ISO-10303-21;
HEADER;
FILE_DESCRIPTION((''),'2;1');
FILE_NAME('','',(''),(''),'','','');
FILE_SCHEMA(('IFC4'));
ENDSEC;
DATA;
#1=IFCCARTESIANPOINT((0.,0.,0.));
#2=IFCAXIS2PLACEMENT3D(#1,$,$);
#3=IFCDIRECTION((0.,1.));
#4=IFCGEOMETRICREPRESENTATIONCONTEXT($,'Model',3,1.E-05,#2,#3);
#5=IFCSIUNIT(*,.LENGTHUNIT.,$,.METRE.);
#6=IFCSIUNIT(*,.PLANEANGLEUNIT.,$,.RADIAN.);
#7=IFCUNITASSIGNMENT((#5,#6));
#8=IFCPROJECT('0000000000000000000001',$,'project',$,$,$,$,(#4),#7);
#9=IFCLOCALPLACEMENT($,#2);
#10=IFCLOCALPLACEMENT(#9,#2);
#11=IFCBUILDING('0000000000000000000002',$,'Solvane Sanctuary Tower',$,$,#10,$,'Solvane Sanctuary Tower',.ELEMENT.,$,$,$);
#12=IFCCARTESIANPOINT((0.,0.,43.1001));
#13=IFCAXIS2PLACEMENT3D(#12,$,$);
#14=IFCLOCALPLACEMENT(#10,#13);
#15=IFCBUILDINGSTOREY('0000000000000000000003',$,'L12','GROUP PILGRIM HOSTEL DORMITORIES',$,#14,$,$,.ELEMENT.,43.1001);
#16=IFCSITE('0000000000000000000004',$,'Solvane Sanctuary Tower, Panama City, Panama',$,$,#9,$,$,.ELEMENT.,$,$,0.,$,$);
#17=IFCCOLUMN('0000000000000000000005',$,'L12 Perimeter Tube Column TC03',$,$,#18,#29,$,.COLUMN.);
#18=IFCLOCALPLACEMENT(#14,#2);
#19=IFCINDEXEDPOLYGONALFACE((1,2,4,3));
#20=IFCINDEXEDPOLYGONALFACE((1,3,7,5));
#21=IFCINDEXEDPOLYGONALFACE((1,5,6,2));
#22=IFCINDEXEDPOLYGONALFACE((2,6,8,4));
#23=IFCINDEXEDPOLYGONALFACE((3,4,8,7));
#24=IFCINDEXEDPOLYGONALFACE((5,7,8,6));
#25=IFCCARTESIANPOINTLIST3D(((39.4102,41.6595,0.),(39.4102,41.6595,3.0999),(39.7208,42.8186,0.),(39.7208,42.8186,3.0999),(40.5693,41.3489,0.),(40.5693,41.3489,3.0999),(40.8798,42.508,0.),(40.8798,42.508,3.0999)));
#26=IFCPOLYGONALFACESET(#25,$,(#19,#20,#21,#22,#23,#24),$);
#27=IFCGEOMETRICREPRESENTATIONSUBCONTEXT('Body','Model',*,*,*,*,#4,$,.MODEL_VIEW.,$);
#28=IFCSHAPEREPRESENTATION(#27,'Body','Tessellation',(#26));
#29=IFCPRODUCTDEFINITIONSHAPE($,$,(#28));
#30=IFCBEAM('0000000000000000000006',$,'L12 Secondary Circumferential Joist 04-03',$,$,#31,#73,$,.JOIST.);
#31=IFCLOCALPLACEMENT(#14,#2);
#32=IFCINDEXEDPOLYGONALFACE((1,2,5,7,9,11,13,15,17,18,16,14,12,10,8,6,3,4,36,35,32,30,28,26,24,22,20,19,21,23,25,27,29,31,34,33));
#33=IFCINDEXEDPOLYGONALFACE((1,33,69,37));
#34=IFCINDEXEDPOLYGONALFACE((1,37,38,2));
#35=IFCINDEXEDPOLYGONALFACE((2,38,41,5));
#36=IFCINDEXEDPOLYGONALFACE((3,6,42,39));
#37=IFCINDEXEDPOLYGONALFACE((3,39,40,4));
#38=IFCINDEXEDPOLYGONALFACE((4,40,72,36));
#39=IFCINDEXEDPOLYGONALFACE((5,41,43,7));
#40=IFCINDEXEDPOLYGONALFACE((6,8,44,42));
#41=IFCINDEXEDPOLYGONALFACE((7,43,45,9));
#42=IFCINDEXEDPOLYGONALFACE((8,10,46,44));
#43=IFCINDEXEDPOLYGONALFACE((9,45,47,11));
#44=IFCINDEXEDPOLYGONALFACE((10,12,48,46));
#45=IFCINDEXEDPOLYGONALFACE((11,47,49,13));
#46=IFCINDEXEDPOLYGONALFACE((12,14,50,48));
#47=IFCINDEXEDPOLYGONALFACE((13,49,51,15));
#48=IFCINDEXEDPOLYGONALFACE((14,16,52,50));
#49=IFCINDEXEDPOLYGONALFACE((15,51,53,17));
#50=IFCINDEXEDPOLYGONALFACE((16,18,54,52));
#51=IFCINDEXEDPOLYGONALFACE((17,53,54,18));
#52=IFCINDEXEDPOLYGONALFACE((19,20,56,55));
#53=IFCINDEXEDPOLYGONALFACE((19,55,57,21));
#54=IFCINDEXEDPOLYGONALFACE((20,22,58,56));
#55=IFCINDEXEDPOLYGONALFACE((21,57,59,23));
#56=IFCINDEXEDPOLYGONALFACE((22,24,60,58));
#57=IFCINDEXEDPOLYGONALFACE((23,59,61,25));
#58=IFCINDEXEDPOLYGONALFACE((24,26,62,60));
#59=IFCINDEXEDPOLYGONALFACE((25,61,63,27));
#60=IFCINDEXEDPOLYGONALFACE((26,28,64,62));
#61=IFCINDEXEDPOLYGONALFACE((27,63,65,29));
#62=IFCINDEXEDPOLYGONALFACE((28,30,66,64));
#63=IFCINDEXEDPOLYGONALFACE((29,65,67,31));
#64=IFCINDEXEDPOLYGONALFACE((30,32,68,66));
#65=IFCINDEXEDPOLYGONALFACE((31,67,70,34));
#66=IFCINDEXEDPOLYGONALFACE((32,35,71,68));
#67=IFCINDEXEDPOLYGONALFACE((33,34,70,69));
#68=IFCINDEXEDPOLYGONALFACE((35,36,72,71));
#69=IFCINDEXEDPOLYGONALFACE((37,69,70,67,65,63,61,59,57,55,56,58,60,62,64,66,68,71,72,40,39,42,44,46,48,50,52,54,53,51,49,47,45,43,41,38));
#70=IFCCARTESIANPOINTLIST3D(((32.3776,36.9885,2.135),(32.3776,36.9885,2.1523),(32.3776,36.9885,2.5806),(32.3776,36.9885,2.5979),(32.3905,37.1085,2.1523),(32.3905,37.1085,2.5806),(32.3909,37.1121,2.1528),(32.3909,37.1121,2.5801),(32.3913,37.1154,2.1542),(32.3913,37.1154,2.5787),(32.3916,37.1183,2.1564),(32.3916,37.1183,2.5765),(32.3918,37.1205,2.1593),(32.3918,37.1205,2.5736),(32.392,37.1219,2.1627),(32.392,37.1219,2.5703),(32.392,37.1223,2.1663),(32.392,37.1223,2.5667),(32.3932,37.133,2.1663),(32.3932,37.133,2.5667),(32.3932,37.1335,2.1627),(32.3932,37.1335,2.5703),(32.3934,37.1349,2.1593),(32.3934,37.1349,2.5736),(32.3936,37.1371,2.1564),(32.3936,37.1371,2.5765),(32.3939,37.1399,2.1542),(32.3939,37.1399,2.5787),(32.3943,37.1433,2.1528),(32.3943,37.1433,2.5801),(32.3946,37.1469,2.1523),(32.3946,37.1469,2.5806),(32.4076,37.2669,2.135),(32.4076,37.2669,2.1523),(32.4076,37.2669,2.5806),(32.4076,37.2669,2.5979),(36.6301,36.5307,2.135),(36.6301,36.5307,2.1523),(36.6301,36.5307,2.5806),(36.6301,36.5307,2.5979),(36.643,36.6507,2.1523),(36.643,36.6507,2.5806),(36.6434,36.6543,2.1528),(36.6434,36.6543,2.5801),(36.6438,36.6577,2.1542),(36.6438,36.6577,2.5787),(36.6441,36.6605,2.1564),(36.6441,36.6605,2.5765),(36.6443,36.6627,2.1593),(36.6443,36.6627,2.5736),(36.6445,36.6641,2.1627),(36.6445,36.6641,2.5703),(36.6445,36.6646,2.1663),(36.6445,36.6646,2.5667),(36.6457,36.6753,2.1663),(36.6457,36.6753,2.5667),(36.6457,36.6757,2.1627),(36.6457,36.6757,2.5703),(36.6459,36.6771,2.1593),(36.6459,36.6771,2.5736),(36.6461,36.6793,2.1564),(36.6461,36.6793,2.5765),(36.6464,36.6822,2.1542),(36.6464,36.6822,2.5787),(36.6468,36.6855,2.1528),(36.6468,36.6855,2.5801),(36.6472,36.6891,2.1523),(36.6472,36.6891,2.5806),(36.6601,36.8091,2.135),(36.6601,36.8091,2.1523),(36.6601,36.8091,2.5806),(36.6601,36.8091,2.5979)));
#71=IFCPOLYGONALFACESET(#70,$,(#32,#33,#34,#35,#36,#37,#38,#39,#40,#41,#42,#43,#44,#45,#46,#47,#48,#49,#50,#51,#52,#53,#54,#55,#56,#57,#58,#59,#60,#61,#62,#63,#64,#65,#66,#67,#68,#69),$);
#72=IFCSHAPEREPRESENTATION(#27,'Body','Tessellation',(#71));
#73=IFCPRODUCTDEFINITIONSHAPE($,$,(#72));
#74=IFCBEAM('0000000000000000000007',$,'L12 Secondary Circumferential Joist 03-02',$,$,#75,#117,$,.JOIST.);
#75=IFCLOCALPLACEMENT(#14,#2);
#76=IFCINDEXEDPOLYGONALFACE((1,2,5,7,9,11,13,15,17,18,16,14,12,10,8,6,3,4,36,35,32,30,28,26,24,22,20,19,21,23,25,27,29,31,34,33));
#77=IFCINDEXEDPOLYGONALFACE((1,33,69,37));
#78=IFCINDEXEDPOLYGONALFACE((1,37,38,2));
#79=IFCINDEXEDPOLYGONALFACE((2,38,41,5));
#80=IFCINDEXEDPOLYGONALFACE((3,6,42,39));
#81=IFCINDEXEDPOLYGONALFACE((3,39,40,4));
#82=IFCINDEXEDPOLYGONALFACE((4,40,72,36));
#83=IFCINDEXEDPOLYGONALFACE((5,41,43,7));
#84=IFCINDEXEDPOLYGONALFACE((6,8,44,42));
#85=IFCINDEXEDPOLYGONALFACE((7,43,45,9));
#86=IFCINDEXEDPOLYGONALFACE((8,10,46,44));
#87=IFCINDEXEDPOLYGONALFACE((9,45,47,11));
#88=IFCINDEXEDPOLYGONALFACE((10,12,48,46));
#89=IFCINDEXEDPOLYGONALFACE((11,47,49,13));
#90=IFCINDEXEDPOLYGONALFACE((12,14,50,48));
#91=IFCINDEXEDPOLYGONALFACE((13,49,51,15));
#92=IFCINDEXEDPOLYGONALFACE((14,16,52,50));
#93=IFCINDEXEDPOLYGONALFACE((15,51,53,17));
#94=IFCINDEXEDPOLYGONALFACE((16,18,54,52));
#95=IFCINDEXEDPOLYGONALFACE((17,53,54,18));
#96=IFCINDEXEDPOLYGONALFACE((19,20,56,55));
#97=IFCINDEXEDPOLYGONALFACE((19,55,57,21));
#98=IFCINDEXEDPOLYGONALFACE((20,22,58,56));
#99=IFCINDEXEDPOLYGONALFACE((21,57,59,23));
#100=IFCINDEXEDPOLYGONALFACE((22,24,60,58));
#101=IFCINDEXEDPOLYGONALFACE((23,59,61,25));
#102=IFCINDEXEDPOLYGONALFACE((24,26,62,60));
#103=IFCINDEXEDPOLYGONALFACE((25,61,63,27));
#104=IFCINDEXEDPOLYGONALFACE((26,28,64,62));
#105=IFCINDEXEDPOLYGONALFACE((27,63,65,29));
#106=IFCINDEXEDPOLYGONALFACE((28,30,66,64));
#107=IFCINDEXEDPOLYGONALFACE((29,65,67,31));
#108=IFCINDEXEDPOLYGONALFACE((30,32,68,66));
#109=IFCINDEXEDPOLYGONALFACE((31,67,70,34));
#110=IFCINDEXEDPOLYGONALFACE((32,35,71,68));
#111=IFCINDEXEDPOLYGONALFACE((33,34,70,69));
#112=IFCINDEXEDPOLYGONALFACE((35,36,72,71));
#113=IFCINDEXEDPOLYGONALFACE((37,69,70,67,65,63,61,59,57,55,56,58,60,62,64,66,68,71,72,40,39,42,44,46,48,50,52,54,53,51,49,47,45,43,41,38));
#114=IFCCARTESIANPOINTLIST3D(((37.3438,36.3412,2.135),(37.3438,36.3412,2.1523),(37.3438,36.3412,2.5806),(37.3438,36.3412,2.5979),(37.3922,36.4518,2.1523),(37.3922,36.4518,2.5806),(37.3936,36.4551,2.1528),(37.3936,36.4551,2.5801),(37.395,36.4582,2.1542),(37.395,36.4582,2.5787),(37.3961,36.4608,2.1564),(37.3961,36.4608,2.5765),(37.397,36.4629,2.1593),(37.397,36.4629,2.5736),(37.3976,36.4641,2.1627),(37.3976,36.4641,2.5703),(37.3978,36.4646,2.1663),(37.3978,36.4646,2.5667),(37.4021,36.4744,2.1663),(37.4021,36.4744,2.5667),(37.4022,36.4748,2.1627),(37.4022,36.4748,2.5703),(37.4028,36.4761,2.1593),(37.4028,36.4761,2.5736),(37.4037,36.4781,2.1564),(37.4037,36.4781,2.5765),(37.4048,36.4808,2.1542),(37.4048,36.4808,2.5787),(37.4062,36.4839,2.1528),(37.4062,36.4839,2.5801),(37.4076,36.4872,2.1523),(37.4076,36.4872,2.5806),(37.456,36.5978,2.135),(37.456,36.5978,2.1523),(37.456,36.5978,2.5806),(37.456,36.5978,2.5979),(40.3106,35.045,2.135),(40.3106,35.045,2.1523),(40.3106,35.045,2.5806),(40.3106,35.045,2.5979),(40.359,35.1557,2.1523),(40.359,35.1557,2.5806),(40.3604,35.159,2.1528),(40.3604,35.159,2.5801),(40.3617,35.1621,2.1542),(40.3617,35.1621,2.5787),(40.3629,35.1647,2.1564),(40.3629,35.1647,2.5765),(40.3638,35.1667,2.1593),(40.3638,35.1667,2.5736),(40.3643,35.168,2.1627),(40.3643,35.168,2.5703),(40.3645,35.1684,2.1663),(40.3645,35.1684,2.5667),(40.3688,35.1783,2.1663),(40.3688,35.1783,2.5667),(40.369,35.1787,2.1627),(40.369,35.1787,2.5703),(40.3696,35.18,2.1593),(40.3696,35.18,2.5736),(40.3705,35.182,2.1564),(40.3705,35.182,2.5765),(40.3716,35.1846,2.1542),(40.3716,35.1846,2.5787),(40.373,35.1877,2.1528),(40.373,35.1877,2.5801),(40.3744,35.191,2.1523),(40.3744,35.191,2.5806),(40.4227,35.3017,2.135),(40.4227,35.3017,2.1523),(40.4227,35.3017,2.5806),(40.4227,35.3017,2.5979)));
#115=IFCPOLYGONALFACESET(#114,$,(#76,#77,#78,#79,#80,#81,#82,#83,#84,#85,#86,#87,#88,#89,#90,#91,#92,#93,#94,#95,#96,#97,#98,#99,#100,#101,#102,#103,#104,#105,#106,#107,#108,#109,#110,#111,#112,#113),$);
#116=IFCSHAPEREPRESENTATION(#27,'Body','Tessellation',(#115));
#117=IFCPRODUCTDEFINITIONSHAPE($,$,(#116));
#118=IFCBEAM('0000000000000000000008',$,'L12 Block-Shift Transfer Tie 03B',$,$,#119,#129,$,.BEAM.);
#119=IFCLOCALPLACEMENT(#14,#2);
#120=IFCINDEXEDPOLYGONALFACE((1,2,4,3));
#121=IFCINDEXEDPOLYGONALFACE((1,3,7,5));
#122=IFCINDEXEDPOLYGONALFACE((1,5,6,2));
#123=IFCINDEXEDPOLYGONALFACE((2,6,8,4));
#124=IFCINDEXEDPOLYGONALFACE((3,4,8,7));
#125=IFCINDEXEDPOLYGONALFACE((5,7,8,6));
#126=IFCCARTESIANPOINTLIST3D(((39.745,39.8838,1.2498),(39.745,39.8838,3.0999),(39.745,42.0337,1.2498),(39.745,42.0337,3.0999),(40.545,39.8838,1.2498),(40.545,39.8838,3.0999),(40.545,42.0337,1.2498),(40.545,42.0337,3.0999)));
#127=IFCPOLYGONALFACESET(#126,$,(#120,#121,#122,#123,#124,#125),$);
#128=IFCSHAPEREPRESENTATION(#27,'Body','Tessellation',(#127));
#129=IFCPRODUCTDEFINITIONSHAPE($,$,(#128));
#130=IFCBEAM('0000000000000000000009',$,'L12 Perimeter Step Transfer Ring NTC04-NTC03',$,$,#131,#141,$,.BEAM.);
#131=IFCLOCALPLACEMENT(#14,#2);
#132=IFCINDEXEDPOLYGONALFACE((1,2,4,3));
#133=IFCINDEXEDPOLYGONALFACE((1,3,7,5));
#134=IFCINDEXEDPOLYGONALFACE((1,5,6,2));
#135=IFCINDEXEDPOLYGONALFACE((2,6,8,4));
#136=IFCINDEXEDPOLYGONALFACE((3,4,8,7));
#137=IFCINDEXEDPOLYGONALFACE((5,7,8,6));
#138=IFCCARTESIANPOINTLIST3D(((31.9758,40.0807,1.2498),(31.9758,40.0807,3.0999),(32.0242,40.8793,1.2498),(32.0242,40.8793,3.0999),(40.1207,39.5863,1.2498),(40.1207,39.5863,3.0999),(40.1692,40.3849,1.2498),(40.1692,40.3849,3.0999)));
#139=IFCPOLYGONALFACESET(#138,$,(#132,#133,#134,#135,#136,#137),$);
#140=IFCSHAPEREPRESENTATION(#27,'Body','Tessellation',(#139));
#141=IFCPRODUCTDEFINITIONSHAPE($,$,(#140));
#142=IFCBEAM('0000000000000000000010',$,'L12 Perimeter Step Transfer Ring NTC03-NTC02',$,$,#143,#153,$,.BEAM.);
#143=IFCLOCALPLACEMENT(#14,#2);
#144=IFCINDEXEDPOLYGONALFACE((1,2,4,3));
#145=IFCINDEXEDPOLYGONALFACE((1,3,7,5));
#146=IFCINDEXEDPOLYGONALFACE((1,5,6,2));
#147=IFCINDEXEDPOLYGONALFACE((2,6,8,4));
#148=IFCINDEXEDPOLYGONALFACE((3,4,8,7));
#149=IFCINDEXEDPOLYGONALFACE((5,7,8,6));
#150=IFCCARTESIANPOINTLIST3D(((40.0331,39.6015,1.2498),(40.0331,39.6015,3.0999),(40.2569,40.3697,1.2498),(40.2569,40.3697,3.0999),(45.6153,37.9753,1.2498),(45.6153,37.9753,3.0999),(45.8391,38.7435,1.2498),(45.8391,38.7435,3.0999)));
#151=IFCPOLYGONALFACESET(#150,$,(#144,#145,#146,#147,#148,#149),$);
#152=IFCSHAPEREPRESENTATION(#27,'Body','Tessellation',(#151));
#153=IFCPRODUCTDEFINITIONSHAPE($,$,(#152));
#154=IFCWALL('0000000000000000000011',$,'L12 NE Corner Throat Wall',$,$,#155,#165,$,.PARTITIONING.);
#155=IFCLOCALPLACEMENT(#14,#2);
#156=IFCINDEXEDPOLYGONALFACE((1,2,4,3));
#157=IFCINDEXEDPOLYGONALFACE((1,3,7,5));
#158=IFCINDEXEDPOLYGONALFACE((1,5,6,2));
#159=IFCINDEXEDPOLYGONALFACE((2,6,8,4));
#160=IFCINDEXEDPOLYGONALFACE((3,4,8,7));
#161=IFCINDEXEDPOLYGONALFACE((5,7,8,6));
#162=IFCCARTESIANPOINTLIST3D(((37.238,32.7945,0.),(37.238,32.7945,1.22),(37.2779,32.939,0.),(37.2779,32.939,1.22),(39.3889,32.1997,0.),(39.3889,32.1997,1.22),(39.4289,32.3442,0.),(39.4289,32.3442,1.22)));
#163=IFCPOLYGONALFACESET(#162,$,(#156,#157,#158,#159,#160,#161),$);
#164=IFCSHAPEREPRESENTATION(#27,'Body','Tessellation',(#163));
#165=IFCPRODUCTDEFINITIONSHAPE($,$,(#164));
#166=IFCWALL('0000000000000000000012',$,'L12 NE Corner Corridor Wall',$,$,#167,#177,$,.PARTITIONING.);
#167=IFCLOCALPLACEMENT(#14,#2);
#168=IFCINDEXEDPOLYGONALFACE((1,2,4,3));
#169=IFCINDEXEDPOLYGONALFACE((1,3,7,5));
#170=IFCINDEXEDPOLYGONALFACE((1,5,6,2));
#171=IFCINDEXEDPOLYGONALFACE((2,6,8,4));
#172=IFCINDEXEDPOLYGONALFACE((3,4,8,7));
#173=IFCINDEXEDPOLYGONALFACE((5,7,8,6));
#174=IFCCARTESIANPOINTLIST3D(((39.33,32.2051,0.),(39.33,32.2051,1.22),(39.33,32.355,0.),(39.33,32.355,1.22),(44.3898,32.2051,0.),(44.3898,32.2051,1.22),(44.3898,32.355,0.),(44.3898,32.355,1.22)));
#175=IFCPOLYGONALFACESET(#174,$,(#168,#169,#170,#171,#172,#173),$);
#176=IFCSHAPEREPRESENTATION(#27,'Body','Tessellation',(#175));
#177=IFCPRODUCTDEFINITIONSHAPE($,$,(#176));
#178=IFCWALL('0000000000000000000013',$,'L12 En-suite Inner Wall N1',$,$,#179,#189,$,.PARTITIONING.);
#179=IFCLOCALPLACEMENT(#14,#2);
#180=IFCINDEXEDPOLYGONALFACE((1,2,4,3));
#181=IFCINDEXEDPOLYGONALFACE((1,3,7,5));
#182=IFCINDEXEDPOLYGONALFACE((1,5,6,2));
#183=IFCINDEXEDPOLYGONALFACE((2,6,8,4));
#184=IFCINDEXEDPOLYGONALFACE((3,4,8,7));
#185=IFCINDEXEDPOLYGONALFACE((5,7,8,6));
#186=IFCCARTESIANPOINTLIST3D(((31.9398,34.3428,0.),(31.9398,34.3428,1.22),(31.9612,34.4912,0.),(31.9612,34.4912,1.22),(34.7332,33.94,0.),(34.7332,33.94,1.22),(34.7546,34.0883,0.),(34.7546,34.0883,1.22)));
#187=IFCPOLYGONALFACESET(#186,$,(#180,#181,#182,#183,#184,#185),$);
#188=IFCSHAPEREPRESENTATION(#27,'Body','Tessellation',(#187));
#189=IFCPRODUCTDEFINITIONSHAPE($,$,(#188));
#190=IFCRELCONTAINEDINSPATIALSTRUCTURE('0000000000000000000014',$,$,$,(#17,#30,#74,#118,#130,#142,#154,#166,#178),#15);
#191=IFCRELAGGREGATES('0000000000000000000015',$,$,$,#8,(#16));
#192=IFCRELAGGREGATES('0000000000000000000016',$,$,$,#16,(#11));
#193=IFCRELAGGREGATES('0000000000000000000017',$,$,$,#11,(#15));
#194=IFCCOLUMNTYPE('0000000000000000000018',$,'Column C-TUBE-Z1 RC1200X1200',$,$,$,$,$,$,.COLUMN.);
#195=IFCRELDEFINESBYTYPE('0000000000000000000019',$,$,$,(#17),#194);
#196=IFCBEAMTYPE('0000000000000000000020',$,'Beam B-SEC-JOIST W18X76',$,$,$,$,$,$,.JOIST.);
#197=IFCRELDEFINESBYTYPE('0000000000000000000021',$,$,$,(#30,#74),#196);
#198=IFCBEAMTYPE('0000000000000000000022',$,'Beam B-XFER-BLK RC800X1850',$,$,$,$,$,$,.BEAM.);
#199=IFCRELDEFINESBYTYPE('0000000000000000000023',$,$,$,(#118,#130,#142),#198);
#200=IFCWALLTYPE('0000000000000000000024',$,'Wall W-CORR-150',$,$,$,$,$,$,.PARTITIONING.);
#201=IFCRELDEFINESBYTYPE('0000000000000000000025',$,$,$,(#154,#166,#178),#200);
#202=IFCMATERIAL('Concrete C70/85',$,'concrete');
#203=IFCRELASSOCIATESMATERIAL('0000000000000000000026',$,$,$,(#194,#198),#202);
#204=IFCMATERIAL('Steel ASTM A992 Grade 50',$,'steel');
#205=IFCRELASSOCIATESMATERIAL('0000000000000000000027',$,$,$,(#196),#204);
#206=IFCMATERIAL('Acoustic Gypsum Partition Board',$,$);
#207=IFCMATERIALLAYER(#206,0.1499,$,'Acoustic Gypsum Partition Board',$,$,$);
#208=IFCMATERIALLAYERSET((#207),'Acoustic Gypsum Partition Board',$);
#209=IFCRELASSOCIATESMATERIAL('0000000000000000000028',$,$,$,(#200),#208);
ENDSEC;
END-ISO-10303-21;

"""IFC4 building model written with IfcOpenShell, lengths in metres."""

from ifc_helpers import new_model, si_unit, direction, frame, frame_2d, origin, origin_2d, place, context, subcontext, project, spatial, rectangle, i_section, extrude, material, layer, layer_set, material_profile, profile_set, type_object, element, save


model = new_model("IFC4")

# Units and contexts
model_context = context("Model", 3, precision=1e-05, world=origin(), true_north=direction((0.0, 1.0)))
body_context = subcontext(model_context, "Body", "Model", "MODEL_VIEW")
ifc_project = project(units=[si_unit("LENGTHUNIT", "METRE"), si_unit("PLANEANGLEUNIT", "RADIAN")], contexts=[model_context])

# Site, building, storey
site_placement = place(None, origin())
site = spatial("IfcSite", under=ifc_project, at=site_placement, Name="Solvane Sanctuary Tower, Panama City, Panama", CompositionType="ELEMENT", RefElevation=0.0)
building_placement = place(site_placement, origin())
building = spatial("IfcBuilding", under=site, at=building_placement, Name="Solvane Sanctuary Tower", LongName="Solvane Sanctuary Tower", CompositionType="ELEMENT")
storey_placement = place(building_placement, frame((0.0, 0.0, 43.1001)))
storey = spatial("IfcBuildingStorey", under=building, at=storey_placement, Name="L12", Description="GROUP PILGRIM HOSTEL DORMITORIES", CompositionType="ELEMENT", Elevation=43.1001)

# Column
ifc_material_1 = material(Name="Concrete C70/85", Category="concrete")
ifc_material_profile_1 = material_profile(ifc_material_1, rectangle(XDim=1.2, YDim=1.2, at=origin_2d()), Name="RC1200X1200")
ifc_profile_set_1 = profile_set([ifc_material_profile_1], Name="Concrete C70/85")
column_type = type_object("IfcColumnType", Name="Column C-TUBE-Z1 RC1200X1200", PredefinedType="COLUMN", material=ifc_profile_set_1)
column_placement = place(storey_placement, frame((40.145, 42.0837, 0.0), z_axis=(0.0, 0.0, 1.0), x_axis=(0.258819, 0.965926, 0.0)))
element("IfcColumn", 1, at=column_placement, inside=storey, type_object=column_type, Name="L12 Perimeter Tube Column TC03", PredefinedType="COLUMN", context=body_context, shape_type="SweptSolid", body=[
    extrude(rectangle(XDim=1.2, YDim=1.2, at=origin_2d()), origin(), (0.0, 0.0, 1.0), 3.0999),
])

# Beams
ifc_material_2 = material(Name="Steel ASTM A992 Grade 50", Category="steel")
ifc_material_profile_2 = material_profile(ifc_material_2, i_section(OverallWidth=0.28, OverallDepth=0.4629, WebThickness=0.0107, FlangeThickness=0.0173, FilletRadius=0.0139, at=origin_2d()), Name="W18X76")
ifc_profile_set_2 = profile_set([ifc_material_profile_2], Name="Steel ASTM A992 Grade 50")
beam_type_1 = type_object("IfcBeamType", Name="Beam B-SEC-JOIST W18X76", PredefinedType="JOIST", material=ifc_profile_set_2)
beam_1_placement = place(storey_placement, frame((32.3926, 37.1277, 2.3665), z_axis=(0.994256, -0.107029, 0.0), x_axis=(0.107029, 0.994256, 0.0)))
element("IfcBeam", 2, at=beam_1_placement, inside=storey, type_object=beam_type_1, Name="L12 Secondary Circumferential Joist 04-03", PredefinedType="JOIST", context=body_context, shape_type="SweptSolid", body=[
    extrude(i_section(OverallWidth=0.28, OverallDepth=0.4629, WebThickness=0.0107, FlangeThickness=0.0173, FilletRadius=0.0139, at=origin_2d()), origin(), (0.0, 0.0, 1.0), 4.2771),
])
beam_2_placement = place(storey_placement, frame((37.3999, 36.4695, 2.3665), z_axis=(0.916365, -0.400344, 0.0), x_axis=(0.400344, 0.916365, 0.0)))
element("IfcBeam", 3, at=beam_2_placement, inside=storey, type_object=beam_type_1, Name="L12 Secondary Circumferential Joist 03-02", PredefinedType="JOIST", context=body_context, shape_type="SweptSolid", body=[
    extrude(i_section(OverallWidth=0.28, OverallDepth=0.4629, WebThickness=0.0107, FlangeThickness=0.0173, FilletRadius=0.0139, at=origin_2d()), origin(), (0.0, 0.0, 1.0), 3.2375),
])
ifc_material_profile_3 = material_profile(ifc_material_1, rectangle(XDim=0.8, YDim=1.8501, at=origin_2d()), Name="RC800X1850")
ifc_profile_set_3 = profile_set([ifc_material_profile_3], Name="Concrete C70/85")
beam_type_2 = type_object("IfcBeamType", Name="Beam B-XFER-BLK RC800X1850", PredefinedType="BEAM", material=ifc_profile_set_3)
beam_3_placement = place(storey_placement, frame((40.145, 42.0337, 2.1748), z_axis=(0.0, -1.0, 0.0), x_axis=(1.0, 0.0, 0.0)))
element("IfcBeam", 4, at=beam_3_placement, inside=storey, type_object=beam_type_2, Name="L12 Block-Shift Transfer Tie 03B", PredefinedType="BEAM", context=body_context, shape_type="SweptSolid", body=[
    extrude(rectangle(XDim=0.8, YDim=1.8501, at=origin_2d()), origin(), (0.0, 0.0, 1.0), 2.1499),
])
beam_4_placement = place(storey_placement, frame((32.0, 40.48, 2.1748), z_axis=(0.998163, -0.060586, 0.0), x_axis=(0.060586, 0.998163, 0.0)))
element("IfcBeam", 5, at=beam_4_placement, inside=storey, type_object=beam_type_2, Name="L12 Perimeter Step Transfer Ring NTC04-NTC03", PredefinedType="BEAM", context=body_context, shape_type="SweptSolid", body=[
    extrude(rectangle(XDim=0.8, YDim=1.8501, at=origin_2d()), origin(), (0.0, 0.0, 1.0), 8.1599),
])
beam_5_placement = place(storey_placement, frame((40.145, 39.9856, 2.1748), z_axis=(0.96009, -0.279692, 0.0), x_axis=(0.279692, 0.96009, 0.0)))
element("IfcBeam", 6, at=beam_5_placement, inside=storey, type_object=beam_type_2, Name="L12 Perimeter Step Transfer Ring NTC03-NTC02", PredefinedType="BEAM", context=body_context, shape_type="SweptSolid", body=[
    extrude(rectangle(XDim=0.8, YDim=1.8501, at=origin_2d()), origin(), (0.0, 0.0, 1.0), 5.8142),
])

# Walls
ifc_material_3 = material(Name="Acoustic Gypsum Partition Board")
ifc_layer_1 = layer(ifc_material_3, 0.1499, Name="Acoustic Gypsum Partition Board")
ifc_layer_set_1 = layer_set([ifc_layer_1], Name="Acoustic Gypsum Partition Board")
wall_type_1 = type_object("IfcWallType", Name="Wall W-CORR-150", PredefinedType="PARTITIONING", material=ifc_layer_set_1)
wall_1_placement = place(storey_placement, frame((37.2581, 32.8667, 0.0), z_axis=(0.0, 0.0, 1.0), x_axis=(0.963834, -0.266504, 0.0)))
element("IfcWall", 7, at=wall_1_placement, inside=storey, type_object=wall_type_1, Name="L12 NE Corner Throat Wall", PredefinedType="PARTITIONING", context=body_context, shape_type="SweptSolid", body=[
    extrude(rectangle(XDim=2.2317, YDim=0.1499, at=frame_2d((1.1157, 0.0))), origin(), (0.0, 0.0, 1.0), 1.22),
])
wall_2_placement = place(storey_placement, frame((39.3301, 32.28, 0.0), z_axis=(0.0, 0.0, 1.0), x_axis=(1.0, 0.0, 0.0)))
element("IfcWall", 8, at=wall_2_placement, inside=storey, type_object=wall_type_1, Name="L12 NE Corner Corridor Wall", PredefinedType="PARTITIONING", context=body_context, shape_type="SweptSolid", body=[
    extrude(rectangle(XDim=5.0598, YDim=0.1499, at=frame_2d((2.5298, 0.0))), origin(), (0.0, 0.0, 1.0), 1.22),
])
wall_3_placement = place(storey_placement, frame((34.7439, 34.0142, 0.0), z_axis=(0.0, 0.0, 1.0), x_axis=(-0.989762, 0.142729, 0.0)))
element("IfcWall", 9, at=wall_3_placement, inside=storey, type_object=wall_type_1, Name="L12 En-suite Inner Wall N1", PredefinedType="PARTITIONING", context=body_context, shape_type="SweptSolid", body=[
    extrude(rectangle(XDim=2.8223, YDim=0.1499, at=frame_2d((1.4111, 0.0))), origin(), (0.0, 0.0, 1.0), 1.22),
])

save(model, "model.ifc")
